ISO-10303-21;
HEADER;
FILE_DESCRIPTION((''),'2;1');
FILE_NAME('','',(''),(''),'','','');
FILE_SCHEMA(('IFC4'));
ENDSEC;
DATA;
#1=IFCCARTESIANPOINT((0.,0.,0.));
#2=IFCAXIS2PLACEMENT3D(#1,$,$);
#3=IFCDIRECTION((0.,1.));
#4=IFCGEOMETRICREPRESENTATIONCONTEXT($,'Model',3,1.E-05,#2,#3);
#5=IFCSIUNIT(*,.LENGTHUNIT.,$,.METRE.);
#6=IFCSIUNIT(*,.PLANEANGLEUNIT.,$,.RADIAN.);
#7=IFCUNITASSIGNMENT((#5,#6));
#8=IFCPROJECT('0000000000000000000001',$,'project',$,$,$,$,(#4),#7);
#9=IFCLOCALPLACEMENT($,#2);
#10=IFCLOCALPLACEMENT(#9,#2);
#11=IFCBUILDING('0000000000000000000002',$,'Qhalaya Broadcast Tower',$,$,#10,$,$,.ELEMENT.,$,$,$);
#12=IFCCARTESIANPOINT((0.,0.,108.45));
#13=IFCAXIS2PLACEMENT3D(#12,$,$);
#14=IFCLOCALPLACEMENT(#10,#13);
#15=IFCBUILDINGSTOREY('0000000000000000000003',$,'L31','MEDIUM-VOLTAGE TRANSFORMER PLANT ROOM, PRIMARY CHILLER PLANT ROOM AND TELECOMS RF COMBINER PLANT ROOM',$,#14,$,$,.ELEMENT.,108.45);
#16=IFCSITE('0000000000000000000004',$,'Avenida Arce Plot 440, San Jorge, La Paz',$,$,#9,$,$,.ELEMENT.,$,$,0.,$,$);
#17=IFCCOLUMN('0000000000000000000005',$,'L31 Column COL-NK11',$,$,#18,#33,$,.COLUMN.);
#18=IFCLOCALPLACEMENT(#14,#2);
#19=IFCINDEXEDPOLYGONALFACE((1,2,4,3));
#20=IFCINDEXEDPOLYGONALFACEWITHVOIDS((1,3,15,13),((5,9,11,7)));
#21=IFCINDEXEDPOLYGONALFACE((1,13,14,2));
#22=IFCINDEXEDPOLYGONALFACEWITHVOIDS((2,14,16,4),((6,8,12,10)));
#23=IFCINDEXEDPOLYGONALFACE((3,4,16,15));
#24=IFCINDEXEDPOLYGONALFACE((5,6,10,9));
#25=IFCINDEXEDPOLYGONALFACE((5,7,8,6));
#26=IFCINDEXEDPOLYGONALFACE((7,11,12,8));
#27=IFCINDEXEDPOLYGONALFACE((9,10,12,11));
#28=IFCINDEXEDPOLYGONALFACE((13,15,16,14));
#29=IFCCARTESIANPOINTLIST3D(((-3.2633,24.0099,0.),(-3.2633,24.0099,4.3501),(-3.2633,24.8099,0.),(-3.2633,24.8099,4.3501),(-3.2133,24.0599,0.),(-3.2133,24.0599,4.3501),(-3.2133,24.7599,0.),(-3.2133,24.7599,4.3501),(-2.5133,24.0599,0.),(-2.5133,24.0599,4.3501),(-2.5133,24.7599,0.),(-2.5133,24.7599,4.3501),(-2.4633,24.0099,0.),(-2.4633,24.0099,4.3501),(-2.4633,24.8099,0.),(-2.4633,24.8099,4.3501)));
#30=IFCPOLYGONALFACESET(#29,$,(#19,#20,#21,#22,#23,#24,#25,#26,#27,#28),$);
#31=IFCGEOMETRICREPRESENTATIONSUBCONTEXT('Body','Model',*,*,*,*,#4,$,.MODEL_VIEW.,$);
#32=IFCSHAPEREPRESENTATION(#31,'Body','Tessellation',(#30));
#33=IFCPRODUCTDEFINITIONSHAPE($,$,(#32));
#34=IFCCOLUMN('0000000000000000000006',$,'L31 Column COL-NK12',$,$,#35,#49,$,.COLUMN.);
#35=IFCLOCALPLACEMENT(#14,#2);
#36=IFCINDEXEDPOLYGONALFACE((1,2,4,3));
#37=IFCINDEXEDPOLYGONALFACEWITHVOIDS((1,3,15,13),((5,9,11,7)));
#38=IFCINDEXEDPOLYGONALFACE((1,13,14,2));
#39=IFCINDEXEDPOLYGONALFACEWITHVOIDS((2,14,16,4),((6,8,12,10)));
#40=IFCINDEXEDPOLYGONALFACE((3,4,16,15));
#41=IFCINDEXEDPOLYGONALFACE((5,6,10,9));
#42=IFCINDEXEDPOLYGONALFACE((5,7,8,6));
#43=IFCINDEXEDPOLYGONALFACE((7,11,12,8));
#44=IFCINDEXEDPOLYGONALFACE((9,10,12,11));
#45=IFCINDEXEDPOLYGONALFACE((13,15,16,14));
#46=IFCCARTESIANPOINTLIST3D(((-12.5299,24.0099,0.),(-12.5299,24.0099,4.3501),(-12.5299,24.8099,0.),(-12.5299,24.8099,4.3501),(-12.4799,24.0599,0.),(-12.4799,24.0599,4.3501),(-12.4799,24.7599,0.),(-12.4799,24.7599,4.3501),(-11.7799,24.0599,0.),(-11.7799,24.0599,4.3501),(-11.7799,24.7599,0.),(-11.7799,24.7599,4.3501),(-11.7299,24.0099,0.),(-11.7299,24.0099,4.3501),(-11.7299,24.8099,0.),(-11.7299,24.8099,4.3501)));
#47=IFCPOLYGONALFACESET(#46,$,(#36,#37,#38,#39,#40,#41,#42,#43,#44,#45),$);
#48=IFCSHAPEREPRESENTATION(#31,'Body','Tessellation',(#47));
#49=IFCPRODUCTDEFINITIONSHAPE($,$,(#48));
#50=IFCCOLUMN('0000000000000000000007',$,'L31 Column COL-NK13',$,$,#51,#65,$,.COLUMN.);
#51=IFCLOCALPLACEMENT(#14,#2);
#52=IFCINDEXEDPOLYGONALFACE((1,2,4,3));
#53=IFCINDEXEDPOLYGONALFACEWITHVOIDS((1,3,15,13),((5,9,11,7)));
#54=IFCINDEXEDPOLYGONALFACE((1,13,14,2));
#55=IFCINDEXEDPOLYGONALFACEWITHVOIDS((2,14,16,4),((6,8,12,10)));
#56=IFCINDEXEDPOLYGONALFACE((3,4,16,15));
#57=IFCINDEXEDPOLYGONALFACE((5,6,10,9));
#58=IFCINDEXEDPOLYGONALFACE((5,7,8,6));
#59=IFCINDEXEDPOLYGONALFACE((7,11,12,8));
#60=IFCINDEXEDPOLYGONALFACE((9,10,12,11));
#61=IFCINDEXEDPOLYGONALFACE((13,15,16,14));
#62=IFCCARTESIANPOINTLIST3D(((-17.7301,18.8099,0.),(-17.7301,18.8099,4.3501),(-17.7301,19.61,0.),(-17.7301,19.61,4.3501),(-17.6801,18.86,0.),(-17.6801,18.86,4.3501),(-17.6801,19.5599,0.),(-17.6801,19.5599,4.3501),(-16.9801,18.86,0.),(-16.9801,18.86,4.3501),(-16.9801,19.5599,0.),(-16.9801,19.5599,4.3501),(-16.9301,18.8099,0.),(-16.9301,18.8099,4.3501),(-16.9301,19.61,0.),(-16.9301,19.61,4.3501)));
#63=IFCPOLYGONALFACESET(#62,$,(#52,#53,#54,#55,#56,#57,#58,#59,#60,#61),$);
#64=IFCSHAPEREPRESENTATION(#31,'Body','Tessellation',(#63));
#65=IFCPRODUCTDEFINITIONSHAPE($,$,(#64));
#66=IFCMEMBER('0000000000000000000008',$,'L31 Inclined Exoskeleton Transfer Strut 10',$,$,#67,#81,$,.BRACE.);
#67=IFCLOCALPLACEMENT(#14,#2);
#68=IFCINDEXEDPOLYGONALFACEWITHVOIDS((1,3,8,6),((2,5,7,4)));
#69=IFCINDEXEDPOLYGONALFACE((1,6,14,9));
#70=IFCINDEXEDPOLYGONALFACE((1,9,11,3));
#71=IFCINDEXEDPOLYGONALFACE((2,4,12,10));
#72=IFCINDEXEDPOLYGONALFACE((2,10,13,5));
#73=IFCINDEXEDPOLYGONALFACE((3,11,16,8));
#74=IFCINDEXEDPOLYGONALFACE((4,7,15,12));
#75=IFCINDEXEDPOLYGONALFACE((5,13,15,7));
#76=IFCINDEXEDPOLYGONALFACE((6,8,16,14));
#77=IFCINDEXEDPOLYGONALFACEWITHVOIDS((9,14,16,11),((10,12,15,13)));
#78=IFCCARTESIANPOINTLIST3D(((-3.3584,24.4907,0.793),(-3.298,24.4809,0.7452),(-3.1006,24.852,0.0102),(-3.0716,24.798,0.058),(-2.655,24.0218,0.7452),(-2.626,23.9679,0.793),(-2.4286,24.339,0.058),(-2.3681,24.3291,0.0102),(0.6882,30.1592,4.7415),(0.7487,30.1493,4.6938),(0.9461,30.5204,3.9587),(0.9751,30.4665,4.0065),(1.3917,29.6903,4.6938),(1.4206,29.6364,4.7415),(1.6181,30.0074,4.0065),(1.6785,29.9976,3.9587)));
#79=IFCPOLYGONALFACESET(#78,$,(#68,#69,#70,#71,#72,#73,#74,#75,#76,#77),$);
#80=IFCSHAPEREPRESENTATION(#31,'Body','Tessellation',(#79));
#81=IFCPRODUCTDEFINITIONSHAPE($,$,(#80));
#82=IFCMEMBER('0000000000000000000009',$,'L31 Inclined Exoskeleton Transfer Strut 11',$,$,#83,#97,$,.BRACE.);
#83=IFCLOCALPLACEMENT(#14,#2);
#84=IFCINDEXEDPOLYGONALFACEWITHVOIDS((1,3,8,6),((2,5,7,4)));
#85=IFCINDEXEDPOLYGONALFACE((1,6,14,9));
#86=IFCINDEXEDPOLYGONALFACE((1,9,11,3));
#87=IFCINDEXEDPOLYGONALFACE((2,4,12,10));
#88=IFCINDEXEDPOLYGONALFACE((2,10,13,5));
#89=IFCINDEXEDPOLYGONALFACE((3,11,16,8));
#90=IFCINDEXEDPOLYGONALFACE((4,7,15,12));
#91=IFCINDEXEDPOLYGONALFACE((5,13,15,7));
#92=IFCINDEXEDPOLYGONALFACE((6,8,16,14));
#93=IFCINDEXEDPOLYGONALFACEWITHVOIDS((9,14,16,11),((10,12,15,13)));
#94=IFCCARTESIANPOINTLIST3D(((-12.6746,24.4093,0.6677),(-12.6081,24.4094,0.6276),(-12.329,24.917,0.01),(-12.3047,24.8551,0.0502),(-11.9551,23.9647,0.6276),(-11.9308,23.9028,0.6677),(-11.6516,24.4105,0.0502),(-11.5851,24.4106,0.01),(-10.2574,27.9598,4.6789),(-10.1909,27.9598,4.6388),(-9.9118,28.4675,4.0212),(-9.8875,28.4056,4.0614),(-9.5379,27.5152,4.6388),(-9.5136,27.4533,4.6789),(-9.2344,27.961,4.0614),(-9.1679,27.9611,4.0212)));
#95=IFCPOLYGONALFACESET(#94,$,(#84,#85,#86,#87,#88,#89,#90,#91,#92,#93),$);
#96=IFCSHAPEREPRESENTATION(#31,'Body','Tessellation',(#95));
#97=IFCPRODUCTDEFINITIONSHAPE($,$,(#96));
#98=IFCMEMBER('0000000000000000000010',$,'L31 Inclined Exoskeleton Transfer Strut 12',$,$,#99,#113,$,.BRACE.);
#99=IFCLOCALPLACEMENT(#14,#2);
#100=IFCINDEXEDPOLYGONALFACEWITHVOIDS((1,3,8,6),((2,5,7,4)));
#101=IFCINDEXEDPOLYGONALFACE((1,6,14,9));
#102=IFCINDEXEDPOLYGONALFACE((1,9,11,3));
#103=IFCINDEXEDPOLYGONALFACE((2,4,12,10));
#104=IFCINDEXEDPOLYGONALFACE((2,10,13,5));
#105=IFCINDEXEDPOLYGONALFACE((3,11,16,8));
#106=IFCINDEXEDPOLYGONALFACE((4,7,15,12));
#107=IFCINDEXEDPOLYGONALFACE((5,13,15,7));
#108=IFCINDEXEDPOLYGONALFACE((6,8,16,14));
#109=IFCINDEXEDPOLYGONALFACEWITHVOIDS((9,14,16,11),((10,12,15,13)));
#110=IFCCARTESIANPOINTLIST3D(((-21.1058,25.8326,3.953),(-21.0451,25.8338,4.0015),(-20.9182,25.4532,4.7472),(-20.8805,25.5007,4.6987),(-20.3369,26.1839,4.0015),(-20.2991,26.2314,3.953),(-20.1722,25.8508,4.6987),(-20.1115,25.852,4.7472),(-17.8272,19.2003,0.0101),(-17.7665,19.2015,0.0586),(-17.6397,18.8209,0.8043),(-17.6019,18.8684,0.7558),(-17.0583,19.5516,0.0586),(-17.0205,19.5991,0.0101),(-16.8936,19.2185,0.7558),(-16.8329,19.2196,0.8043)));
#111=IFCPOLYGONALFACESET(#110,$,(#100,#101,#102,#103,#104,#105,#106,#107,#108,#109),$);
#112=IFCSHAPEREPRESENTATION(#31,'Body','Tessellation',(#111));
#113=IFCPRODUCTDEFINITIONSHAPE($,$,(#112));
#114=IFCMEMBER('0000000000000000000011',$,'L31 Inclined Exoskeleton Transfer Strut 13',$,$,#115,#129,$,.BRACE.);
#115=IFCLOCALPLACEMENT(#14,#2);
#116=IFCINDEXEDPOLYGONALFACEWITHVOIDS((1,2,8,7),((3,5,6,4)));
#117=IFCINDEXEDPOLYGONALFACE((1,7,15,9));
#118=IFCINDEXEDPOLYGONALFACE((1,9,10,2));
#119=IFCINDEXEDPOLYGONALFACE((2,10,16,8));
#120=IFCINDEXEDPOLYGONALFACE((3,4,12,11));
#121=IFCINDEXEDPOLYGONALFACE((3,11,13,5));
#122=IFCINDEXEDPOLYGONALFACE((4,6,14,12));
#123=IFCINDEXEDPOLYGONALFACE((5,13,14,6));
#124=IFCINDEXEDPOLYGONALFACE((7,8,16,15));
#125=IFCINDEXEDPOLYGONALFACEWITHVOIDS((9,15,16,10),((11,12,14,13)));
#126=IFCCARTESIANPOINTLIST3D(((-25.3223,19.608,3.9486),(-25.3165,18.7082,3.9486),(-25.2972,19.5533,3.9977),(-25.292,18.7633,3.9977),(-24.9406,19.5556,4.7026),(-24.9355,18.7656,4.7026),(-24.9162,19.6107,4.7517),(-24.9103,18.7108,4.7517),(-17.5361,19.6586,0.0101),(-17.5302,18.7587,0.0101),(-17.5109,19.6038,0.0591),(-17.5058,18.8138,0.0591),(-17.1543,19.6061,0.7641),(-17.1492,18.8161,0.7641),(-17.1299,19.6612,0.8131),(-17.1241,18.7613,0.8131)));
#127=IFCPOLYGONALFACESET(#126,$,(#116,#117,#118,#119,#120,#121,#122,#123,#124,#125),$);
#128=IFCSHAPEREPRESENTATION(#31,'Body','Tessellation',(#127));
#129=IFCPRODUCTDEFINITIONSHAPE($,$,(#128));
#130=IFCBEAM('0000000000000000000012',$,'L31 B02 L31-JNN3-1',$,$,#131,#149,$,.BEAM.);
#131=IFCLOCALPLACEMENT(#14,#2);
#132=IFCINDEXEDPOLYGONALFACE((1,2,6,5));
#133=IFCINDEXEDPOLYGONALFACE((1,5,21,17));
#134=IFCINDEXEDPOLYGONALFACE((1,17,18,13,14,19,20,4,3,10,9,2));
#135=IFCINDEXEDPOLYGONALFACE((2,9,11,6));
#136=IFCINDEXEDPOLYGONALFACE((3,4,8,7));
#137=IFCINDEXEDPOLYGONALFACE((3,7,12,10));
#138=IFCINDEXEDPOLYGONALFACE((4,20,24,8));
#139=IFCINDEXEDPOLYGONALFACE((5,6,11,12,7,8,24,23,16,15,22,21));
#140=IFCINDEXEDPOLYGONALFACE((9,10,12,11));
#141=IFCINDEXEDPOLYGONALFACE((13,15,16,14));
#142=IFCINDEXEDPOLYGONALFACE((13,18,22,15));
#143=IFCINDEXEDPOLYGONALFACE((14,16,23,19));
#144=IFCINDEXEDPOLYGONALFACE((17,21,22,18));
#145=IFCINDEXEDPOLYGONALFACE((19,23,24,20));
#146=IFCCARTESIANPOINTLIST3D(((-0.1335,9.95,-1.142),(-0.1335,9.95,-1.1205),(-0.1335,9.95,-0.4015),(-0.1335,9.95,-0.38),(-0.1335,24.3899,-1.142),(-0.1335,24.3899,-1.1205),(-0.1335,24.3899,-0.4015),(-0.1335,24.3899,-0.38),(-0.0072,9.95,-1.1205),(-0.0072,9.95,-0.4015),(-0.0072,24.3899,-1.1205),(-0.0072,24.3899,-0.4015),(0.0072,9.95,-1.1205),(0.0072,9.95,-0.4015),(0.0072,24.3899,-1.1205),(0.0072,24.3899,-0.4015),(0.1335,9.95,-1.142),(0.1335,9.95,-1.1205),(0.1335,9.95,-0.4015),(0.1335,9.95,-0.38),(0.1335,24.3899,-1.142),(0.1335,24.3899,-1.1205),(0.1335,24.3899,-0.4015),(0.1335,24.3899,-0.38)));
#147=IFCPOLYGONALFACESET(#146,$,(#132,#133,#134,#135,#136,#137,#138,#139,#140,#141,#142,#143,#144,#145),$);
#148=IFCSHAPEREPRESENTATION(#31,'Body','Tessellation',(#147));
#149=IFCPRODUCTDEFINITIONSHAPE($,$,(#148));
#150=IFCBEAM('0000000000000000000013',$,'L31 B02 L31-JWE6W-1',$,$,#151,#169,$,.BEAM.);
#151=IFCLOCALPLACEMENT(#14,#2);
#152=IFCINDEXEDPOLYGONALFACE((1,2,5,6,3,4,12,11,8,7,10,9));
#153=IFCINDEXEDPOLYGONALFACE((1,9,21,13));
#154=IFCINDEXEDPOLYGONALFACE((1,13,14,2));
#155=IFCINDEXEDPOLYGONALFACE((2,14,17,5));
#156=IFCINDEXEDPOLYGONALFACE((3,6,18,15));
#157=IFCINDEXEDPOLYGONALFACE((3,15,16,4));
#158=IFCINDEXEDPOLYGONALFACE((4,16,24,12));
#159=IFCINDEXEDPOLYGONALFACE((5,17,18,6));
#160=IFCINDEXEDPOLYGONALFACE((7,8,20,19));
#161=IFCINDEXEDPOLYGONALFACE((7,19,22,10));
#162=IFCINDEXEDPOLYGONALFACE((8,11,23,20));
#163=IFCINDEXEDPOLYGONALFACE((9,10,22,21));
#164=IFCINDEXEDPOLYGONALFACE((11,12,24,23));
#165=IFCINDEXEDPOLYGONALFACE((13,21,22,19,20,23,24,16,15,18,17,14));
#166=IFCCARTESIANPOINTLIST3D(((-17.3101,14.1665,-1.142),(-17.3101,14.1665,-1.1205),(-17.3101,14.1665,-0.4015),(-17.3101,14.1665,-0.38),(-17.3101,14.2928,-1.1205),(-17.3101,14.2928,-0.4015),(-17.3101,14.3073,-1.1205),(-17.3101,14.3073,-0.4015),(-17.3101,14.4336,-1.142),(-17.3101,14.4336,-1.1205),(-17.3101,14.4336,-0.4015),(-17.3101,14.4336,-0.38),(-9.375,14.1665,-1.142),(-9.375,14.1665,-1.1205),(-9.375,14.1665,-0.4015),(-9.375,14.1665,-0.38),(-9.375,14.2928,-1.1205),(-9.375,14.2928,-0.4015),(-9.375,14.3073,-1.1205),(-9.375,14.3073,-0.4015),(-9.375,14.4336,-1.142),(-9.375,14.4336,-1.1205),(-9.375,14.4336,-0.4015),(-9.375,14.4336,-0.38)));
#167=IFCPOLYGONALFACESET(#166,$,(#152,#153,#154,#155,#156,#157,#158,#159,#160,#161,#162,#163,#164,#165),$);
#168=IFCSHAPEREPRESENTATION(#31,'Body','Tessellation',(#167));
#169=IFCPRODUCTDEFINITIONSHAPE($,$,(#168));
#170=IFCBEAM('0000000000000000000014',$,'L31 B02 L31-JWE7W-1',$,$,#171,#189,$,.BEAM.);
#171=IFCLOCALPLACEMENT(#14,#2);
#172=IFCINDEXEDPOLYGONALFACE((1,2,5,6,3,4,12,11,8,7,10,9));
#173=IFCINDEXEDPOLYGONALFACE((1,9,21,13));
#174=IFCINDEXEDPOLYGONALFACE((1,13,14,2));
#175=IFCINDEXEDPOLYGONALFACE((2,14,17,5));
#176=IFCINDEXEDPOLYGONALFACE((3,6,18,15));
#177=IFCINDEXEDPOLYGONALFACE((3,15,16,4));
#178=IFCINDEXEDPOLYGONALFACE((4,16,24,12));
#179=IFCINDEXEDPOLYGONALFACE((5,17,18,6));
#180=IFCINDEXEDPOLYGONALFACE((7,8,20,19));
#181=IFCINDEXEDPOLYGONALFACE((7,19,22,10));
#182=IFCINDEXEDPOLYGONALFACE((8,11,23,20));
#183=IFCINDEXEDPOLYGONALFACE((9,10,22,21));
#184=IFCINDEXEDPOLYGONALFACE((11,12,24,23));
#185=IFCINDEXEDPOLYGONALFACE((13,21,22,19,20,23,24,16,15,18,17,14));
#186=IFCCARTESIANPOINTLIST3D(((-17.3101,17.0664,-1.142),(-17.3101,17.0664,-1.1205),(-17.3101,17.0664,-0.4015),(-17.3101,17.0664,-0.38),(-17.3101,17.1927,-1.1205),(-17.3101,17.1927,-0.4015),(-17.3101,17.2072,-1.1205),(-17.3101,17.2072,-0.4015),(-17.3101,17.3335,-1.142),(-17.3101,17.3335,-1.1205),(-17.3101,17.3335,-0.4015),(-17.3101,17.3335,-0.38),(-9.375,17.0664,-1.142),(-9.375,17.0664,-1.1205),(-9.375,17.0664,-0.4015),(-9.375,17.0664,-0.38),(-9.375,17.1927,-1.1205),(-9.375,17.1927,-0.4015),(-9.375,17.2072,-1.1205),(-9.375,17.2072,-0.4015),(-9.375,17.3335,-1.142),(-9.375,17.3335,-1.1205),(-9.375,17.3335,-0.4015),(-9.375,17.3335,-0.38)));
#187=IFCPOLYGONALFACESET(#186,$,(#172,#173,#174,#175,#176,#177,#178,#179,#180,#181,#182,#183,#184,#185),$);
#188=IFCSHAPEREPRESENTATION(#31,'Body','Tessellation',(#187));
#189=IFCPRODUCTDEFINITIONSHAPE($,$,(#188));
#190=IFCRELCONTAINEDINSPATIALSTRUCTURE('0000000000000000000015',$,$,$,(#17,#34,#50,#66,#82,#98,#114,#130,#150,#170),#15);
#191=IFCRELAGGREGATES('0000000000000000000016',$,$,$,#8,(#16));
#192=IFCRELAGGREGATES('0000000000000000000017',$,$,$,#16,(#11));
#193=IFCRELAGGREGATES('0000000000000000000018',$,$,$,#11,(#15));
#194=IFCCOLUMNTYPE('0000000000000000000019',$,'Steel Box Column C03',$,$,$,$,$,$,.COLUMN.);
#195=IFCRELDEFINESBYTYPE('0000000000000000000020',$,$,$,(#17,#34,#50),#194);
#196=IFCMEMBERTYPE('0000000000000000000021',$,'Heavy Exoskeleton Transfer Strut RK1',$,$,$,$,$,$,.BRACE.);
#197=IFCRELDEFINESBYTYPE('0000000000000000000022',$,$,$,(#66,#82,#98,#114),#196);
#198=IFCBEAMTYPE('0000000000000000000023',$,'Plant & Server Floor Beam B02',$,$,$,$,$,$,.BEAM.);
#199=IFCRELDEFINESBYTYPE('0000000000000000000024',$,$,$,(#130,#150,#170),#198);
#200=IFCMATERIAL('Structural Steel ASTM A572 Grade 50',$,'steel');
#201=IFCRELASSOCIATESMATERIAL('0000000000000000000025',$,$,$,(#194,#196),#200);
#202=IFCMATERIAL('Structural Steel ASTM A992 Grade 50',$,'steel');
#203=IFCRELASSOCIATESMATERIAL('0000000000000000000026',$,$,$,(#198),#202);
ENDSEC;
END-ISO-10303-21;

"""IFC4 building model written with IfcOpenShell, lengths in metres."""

from ifc_helpers import new_model, si_unit, direction, frame, origin, origin_2d, place, context, subcontext, project, spatial, hollow_rectangle, i_section, extrude, material, material_profile, profile_set, type_object, element, save


model = new_model("IFC4")

# Units and contexts
model_context = context("Model", 3, precision=1e-05, world=origin(), true_north=direction((0.0, 1.0)))
body_context = subcontext(model_context, "Body", "Model", "MODEL_VIEW")
ifc_project = project(units=[si_unit("LENGTHUNIT", "METRE"), si_unit("PLANEANGLEUNIT", "RADIAN")], contexts=[model_context])

# Site, building, storey
site_placement = place(None, origin())
site = spatial("IfcSite", under=ifc_project, at=site_placement, Name="Avenida Arce Plot 440, San Jorge, La Paz", CompositionType="ELEMENT", RefElevation=0.0)
building_placement = place(site_placement, origin())
building = spatial("IfcBuilding", under=site, at=building_placement, Name="Qhalaya Broadcast Tower", CompositionType="ELEMENT")
storey_placement = place(building_placement, frame((0.0, 0.0, 108.45)))
storey = spatial("IfcBuildingStorey", under=building, at=storey_placement, Name="L31", Description="MEDIUM-VOLTAGE TRANSFORMER PLANT ROOM, PRIMARY CHILLER PLANT ROOM AND TELECOMS RF COMBINER PLANT ROOM", CompositionType="ELEMENT", Elevation=108.45)

# Columns
ifc_material_1 = material(Name="Structural Steel ASTM A572 Grade 50", Category="steel")
ifc_material_profile_1 = material_profile(ifc_material_1, hollow_rectangle(XDim=0.8, YDim=0.8, WallThickness=0.05, at=origin_2d()), Name="BOX 800x800x50")
ifc_profile_set_1 = profile_set([ifc_material_profile_1], Name="Structural Steel ASTM A572 Grade 50")
column_type = type_object("IfcColumnType", Name="Steel Box Column C03", PredefinedType="COLUMN", material=ifc_profile_set_1)
for number, where, z_axis, x_axis, name in (
    (1, (-2.8633, 24.4099, 0.0), (0.0, 0.0, 1.0), (1.0, 0.0, 0.0), "L31 Column COL-NK11"),
    (2, (-12.1299, 24.4099, 0.0), (0.0, 0.0, 1.0), (1.0, 0.0, 0.0), "L31 Column COL-NK12"),
    (3, (-17.3301, 19.21, 0.0), (0.0, 0.0, 1.0), (0.0, 1.0, 0.0), "L31 Column COL-NK13"),
):
    element("IfcColumn", number, at=place(storey_placement, frame(where, z_axis=z_axis, x_axis=x_axis)), inside=storey, type_object=column_type, Name=name, PredefinedType="COLUMN", context=body_context, shape_type="SweptSolid", body=[
        extrude(hollow_rectangle(XDim=0.8, YDim=0.8, WallThickness=0.05, at=origin_2d()), origin(), (0.0, 0.0, 1.0), 4.3501),
    ])

# Members
ifc_material_profile_2 = material_profile(ifc_material_1, hollow_rectangle(XDim=0.8999, YDim=0.8999, WallThickness=0.0549, at=origin_2d()), Name="BOX 900x900x55")
ifc_profile_set_2 = profile_set([ifc_material_profile_2], Name="Structural Steel ASTM A572 Grade 50")
member_type = type_object("IfcMemberType", Name="Heavy Exoskeleton Transfer Strut RK1", PredefinedType="BRACE", material=ifc_profile_set_2)
member_1_placement = place(storey_placement, frame((-2.8633, 24.4099, 0.4016), z_axis=(0.505445, 0.70802, 0.493187), x_axis=(-0.813887, 0.581023, 0.0)))
element("IfcMember", 4, at=member_1_placement, inside=storey, type_object=member_type, Name="L31 Inclined Exoskeleton Transfer Strut 10", PredefinedType="BRACE", context=body_context, shape_type="SweptSolid", body=[
    extrude(hollow_rectangle(XDim=0.8999, YDim=0.8999, WallThickness=0.0549, at=origin_2d()), origin(), (0.0, 0.0, 1.0), 8.0061),
])
member_2_placement = place(storey_placement, frame((-12.1299, 24.4099, 0.3389), z_axis=(0.411303, 0.604139, 0.682528), x_axis=(-0.826616, 0.562767, 0.0)))
element("IfcMember", 5, at=member_2_placement, inside=storey, type_object=member_type, Name="L31 Inclined Exoskeleton Transfer Strut 11", PredefinedType="BRACE", context=body_context, shape_type="SweptSolid", body=[
    extrude(hollow_rectangle(XDim=0.8999, YDim=0.8999, WallThickness=0.0549, at=origin_2d()), origin(), (0.0, 0.0, 1.0), 5.877),
])
member_3_placement = place(storey_placement, frame((-17.3301, 19.21, 0.4072), z_axis=(-0.391074, 0.791117, 0.470314), x_axis=(-0.896451, -0.443143, 0.0)))
element("IfcMember", 6, at=member_3_placement, inside=storey, type_object=member_type, Name="L31 Inclined Exoskeleton Transfer Strut 12", PredefinedType="BRACE", context=body_context, shape_type="SweptSolid", body=[
    extrude(hollow_rectangle(XDim=0.8999, YDim=0.8999, WallThickness=0.0549, at=origin_2d()), origin(), (0.0, 0.0, 1.0), 8.3835),
])
member_4_placement = place(storey_placement, frame((-17.3301, 19.21, 0.4116), z_axis=(-0.892321, -0.005792, 0.451365), x_axis=(0.006491, -0.999979, 0.0)))
element("IfcMember", 7, at=member_4_placement, inside=storey, type_object=member_type, Name="L31 Inclined Exoskeleton Transfer Strut 13", PredefinedType="BRACE", context=body_context, shape_type="SweptSolid", body=[
    extrude(hollow_rectangle(XDim=0.8999, YDim=0.8999, WallThickness=0.0549, at=origin_2d()), origin(), (0.0, 0.0, 1.0), 8.7258),
])

# Beams
ifc_material_2 = material(Name="Structural Steel ASTM A992 Grade 50", Category="steel")
ifc_material_profile_3 = material_profile(ifc_material_2, i_section(OverallWidth=0.2671, OverallDepth=0.762, WebThickness=0.0144, FlangeThickness=0.0215, at=origin_2d()), Name="W30X116")
ifc_profile_set_3 = profile_set([ifc_material_profile_3], Name="Structural Steel ASTM A992 Grade 50")
beam_type_1 = type_object("IfcBeamType", Name="Plant & Server Floor Beam B02", PredefinedType="BEAM", material=ifc_profile_set_3)
beam_1_placement = place(storey_placement, frame((0.0, 9.95, -0.761), z_axis=(0.0, 1.0, 0.0), x_axis=(-1.0, 0.0, 0.0)))
element("IfcBeam", 8, at=beam_1_placement, inside=storey, type_object=beam_type_1, Name="L31 B02 L31-JNN3-1", PredefinedType="BEAM", context=body_context, shape_type="SweptSolid", body=[
    extrude(i_section(OverallWidth=0.2671, OverallDepth=0.762, WebThickness=0.0144, FlangeThickness=0.0215, at=origin_2d()), origin(), (0.0, 0.0, 1.0), 14.4399),
])
for number, where, z_axis, x_axis, name in (
    (9, (-17.3101, 14.3, -0.761), (1.0, 0.0, 0.0), (0.0, 1.0, 0.0), "L31 B02 L31-JWE6W-1"),
    (10, (-17.3101, 17.2, -0.761), (1.0, 0.0, 0.0), (0.0, 1.0, 0.0), "L31 B02 L31-JWE7W-1"),
):
    element("IfcBeam", number, at=place(storey_placement, frame(where, z_axis=z_axis, x_axis=x_axis)), inside=storey, type_object=beam_type_1, Name=name, PredefinedType="BEAM", context=body_context, shape_type="SweptSolid", body=[
        extrude(i_section(OverallWidth=0.2671, OverallDepth=0.762, WebThickness=0.0144, FlangeThickness=0.0215, at=origin_2d()), origin(), (0.0, 0.0, 1.0), 7.9351),
    ])

save(model, "model.ifc")
